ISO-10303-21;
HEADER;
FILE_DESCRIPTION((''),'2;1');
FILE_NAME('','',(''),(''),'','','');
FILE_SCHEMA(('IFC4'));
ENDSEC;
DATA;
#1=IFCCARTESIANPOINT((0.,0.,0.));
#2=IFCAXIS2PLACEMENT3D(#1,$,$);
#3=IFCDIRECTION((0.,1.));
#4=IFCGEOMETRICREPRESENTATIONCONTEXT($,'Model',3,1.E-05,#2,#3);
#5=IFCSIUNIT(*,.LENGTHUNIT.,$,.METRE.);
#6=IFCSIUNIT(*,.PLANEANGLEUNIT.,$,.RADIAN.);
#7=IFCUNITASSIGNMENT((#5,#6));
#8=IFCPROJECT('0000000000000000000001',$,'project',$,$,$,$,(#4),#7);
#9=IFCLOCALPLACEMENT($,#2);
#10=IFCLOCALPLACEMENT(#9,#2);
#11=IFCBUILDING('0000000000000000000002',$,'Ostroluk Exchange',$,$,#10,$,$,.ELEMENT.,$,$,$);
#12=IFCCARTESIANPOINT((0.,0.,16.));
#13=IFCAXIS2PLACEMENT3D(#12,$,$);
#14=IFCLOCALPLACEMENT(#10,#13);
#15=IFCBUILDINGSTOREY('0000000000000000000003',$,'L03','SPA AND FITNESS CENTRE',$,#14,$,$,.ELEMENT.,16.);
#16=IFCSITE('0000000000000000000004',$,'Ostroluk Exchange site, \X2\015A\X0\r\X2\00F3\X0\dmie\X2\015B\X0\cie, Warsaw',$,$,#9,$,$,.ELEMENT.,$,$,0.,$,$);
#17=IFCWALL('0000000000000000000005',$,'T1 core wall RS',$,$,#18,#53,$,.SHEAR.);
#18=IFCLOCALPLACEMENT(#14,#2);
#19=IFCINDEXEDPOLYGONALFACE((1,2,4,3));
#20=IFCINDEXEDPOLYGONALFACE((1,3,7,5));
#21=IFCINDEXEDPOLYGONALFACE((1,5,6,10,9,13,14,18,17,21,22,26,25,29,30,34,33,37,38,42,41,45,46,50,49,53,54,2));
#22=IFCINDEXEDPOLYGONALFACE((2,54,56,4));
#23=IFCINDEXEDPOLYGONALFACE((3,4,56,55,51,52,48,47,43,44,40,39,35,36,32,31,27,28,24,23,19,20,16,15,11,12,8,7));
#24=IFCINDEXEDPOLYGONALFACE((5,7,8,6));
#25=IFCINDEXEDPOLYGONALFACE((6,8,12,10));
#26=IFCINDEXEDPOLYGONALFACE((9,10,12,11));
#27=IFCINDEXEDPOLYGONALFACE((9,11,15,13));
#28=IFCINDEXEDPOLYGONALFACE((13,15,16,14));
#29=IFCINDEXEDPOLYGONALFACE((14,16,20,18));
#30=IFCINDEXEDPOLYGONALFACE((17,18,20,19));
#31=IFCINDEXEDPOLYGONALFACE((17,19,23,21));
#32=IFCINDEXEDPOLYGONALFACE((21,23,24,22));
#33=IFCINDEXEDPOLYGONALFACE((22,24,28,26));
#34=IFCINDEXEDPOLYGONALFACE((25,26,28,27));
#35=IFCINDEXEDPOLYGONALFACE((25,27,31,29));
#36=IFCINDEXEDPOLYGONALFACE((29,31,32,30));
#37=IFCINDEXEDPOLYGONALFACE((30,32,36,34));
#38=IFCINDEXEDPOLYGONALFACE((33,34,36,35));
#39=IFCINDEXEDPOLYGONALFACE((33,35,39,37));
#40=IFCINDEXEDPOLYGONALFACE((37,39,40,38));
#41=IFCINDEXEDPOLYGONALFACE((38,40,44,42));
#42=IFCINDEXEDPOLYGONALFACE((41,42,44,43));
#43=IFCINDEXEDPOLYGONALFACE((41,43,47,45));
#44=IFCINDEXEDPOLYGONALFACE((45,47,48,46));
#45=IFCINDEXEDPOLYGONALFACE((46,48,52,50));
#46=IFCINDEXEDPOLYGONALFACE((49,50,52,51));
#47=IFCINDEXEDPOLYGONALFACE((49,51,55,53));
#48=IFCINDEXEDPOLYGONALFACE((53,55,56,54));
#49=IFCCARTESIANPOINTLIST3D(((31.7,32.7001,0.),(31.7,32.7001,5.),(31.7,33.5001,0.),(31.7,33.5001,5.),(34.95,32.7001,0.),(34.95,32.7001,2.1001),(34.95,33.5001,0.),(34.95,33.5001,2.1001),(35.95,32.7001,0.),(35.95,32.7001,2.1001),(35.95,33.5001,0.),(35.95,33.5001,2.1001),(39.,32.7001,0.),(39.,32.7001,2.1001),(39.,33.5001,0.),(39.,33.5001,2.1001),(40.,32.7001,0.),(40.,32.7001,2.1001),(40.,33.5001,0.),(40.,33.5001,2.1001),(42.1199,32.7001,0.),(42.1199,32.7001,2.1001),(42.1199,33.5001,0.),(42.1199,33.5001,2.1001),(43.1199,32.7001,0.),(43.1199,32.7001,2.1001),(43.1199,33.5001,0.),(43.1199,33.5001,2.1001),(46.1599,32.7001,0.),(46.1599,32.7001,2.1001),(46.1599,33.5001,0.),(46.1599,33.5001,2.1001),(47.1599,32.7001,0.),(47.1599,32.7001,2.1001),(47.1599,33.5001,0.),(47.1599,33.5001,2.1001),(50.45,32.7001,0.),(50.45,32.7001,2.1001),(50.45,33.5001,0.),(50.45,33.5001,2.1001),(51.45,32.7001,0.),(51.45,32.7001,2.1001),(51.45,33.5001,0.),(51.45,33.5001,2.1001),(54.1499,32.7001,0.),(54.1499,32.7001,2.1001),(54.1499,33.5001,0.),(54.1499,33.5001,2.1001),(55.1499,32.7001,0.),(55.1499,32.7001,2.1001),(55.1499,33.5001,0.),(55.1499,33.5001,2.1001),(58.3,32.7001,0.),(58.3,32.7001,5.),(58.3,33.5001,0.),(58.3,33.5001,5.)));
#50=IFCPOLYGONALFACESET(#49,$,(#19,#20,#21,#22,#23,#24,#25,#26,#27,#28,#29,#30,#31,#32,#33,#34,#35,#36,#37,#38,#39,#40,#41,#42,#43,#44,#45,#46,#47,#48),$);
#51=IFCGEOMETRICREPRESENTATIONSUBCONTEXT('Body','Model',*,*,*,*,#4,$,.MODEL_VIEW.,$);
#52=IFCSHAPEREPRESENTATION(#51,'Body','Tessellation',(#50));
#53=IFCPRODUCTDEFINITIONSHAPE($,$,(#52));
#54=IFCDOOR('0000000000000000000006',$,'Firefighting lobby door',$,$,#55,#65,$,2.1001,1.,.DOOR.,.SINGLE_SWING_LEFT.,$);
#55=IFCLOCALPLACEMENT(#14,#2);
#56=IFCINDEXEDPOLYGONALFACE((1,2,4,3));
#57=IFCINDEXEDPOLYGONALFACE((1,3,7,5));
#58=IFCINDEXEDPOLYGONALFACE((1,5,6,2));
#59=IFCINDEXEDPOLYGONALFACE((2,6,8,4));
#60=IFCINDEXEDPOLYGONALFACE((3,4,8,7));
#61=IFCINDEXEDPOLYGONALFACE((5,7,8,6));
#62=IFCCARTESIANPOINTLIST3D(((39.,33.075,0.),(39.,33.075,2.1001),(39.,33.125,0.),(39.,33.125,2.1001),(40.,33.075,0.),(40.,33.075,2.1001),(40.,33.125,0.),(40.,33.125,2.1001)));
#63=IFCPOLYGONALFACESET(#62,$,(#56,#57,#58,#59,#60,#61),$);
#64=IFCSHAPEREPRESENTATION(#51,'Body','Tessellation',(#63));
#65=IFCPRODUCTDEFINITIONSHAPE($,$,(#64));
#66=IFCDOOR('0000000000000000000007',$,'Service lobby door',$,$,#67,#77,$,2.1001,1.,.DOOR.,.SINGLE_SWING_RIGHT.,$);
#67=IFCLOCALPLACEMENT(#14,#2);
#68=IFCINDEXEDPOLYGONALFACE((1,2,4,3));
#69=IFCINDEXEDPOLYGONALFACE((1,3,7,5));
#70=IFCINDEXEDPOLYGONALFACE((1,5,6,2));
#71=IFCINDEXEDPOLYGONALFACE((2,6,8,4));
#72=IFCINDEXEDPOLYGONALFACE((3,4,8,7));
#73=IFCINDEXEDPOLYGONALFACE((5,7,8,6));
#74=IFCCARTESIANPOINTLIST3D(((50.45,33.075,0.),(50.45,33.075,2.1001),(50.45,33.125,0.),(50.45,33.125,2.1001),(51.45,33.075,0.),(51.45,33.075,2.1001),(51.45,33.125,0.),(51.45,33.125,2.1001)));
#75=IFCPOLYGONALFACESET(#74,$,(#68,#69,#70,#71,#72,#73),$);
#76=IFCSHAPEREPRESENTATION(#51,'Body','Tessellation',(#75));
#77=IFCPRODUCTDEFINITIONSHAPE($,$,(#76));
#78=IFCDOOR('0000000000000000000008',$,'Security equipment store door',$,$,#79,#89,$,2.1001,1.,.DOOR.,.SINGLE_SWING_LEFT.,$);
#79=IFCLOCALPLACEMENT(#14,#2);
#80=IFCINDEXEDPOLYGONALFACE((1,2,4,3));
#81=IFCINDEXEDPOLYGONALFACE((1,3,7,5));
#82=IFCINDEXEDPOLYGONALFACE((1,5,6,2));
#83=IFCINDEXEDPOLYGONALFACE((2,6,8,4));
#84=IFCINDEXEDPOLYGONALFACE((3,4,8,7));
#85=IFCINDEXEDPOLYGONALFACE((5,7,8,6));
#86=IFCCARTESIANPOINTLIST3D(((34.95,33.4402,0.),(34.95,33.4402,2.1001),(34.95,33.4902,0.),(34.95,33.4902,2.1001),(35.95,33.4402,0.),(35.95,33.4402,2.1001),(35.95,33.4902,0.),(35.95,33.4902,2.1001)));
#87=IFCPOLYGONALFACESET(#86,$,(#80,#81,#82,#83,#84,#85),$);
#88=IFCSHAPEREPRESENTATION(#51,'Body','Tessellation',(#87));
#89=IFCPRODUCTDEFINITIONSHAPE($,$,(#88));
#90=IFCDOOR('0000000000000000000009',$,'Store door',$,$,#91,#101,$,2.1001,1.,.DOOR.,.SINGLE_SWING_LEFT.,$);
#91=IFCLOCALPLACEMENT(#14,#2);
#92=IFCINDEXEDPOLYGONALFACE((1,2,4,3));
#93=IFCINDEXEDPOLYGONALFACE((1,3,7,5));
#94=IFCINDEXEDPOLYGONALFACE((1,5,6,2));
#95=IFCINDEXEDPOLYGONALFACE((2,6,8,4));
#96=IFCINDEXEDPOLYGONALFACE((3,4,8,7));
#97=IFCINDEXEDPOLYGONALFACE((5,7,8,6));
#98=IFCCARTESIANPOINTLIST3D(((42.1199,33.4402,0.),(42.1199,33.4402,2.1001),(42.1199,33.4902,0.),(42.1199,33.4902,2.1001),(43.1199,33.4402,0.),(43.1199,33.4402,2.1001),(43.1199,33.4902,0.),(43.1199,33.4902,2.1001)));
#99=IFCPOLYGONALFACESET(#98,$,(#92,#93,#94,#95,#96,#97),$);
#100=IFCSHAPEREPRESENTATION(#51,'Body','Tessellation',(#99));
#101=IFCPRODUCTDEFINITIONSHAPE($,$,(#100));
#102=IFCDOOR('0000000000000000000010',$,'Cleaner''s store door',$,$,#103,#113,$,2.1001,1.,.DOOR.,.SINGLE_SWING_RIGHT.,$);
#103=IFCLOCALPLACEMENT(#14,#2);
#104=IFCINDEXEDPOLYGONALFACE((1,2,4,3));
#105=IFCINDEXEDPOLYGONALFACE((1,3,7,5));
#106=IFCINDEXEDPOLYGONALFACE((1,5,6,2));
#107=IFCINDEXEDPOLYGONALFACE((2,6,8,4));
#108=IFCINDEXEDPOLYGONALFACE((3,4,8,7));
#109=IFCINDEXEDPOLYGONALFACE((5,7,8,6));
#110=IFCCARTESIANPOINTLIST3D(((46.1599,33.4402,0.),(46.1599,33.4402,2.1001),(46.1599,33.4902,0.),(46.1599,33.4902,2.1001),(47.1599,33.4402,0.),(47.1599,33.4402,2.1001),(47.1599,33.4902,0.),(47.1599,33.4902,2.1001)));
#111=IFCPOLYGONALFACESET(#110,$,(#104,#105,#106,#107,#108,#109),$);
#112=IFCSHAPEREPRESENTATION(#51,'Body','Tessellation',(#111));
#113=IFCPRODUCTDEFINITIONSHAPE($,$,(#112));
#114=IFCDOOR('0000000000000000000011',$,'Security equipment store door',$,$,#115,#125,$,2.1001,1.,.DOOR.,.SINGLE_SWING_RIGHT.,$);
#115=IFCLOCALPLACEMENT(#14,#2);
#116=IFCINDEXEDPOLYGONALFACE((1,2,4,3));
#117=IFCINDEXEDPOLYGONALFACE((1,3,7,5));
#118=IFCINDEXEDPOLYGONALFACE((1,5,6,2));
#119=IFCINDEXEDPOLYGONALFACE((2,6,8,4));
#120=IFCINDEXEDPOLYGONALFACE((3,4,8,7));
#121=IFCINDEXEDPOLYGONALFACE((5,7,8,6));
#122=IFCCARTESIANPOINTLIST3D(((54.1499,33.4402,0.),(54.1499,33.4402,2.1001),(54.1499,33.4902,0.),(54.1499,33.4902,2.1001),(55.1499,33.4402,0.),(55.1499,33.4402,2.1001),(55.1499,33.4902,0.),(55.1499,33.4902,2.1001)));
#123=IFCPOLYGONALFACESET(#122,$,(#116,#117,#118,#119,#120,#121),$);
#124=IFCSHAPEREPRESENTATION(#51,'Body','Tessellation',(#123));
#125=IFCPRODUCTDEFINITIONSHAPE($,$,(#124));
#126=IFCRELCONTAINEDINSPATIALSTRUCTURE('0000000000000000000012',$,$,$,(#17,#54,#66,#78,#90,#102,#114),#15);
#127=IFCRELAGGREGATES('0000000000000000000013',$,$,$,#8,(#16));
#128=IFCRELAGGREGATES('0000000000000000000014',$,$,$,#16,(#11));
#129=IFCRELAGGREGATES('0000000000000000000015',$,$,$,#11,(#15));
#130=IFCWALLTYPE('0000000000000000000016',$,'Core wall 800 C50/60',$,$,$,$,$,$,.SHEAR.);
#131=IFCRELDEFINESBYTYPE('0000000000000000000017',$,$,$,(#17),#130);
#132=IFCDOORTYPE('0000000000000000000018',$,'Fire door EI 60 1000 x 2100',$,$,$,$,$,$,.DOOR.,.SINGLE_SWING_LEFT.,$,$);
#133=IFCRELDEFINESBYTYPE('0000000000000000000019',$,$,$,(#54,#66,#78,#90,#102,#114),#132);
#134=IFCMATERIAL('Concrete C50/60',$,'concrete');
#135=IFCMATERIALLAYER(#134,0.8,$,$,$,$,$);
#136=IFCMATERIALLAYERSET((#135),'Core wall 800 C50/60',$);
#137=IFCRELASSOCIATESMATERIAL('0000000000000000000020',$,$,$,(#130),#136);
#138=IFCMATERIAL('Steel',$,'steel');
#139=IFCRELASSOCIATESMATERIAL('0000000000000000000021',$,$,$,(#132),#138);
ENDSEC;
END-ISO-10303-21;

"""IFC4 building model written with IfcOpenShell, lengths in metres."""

from ifc_helpers import new_model, si_unit, direction, frame, frame_2d, origin, place, context, subcontext, project, spatial, rectangle, extrude, material, layer, layer_set, type_object, element, fill, save


model = new_model("IFC4")

# Units and contexts
model_context = context("Model", 3, precision=1e-05, world=origin(), true_north=direction((0.0, 1.0)))
body_context = subcontext(model_context, "Body", "Model", "MODEL_VIEW")
ifc_project = project(units=[si_unit("LENGTHUNIT", "METRE"), si_unit("PLANEANGLEUNIT", "RADIAN")], contexts=[model_context])

# Site, building, storey
site_placement = place(None, origin())
site = spatial("IfcSite", under=ifc_project, at=site_placement, Name="Ostroluk Exchange site, Śródmieście, Warsaw", CompositionType="ELEMENT", RefElevation=0.0)
building_placement = place(site_placement, origin())
building = spatial("IfcBuilding", under=site, at=building_placement, Name="Ostroluk Exchange", CompositionType="ELEMENT")
storey_placement = place(building_placement, frame((0.0, 0.0, 16.0)))
storey = spatial("IfcBuildingStorey", under=building, at=storey_placement, Name="L03", Description="SPA AND FITNESS CENTRE", CompositionType="ELEMENT", Elevation=16.0)

# Wall, openings, doors
ifc_material_1 = material(Name="Concrete C50/60", Category="concrete")
ifc_layer_1 = layer(ifc_material_1, 0.8)
ifc_layer_set_1 = layer_set([ifc_layer_1], Name="Core wall 800 C50/60")
wall_type_1 = type_object("IfcWallType", Name="Core wall 800 C50/60", PredefinedType="SHEAR", material=ifc_layer_set_1)
wall_1_placement = place(storey_placement, frame((31.7, 33.1001, 0.0), z_axis=(0.0, 0.0, 1.0), x_axis=(1.0, 0.0, 0.0)))
wall_1 = element("IfcWall", 1, at=wall_1_placement, inside=storey, type_object=wall_type_1, Name="T1 core wall RS", PredefinedType="SHEAR", context=body_context, shape_type="SweptSolid", body=[
    extrude(rectangle(XDim=26.6001, YDim=0.8, at=frame_2d((13.3, 0.0))), origin(), (0.0, 0.0, 1.0), 5.0),
])
opening_1_placement = place(wall_1_placement, frame((7.3, 0.0, 0.0)))
opening_1 = element("IfcOpeningElement", 2, at=opening_1_placement, cuts=wall_1, PredefinedType="OPENING", context=body_context, shape_type="SweptSolid", body=[
    extrude(rectangle(XDim=1.0, YDim=2.1001, at=frame_2d((0.5, 1.05))), frame((0.0, 0.4099, 0.0), z_axis=(0.0, -1.0, 0.0), x_axis=(1.0, 0.0, 0.0)), (0.0, 0.0, 1.0), 0.8201),
])
opening_2_placement = place(wall_1_placement, frame((18.75, 0.0, 0.0)))
opening_2 = element("IfcOpeningElement", 3, at=opening_2_placement, cuts=wall_1, PredefinedType="OPENING", context=body_context, shape_type="SweptSolid", body=[
    extrude(rectangle(XDim=1.0, YDim=2.1001, at=frame_2d((0.5, 1.05))), frame((0.0, 0.4099, 0.0), z_axis=(0.0, -1.0, 0.0), x_axis=(1.0, 0.0, 0.0)), (0.0, 0.0, 1.0), 0.8201),
])
opening_3_placement = place(wall_1_placement, frame((3.25, 0.0, 0.0)))
opening_3 = element("IfcOpeningElement", 4, at=opening_3_placement, cuts=wall_1, PredefinedType="OPENING", context=body_context, shape_type="SweptSolid", body=[
    extrude(rectangle(XDim=1.0, YDim=2.1001, at=frame_2d((0.5, 1.05))), frame((0.0, 0.4099, 0.0), z_axis=(0.0, -1.0, 0.0), x_axis=(1.0, 0.0, 0.0)), (0.0, 0.0, 1.0), 0.8201),
])
opening_4_placement = place(wall_1_placement, frame((10.4199, 0.0, 0.0)))
opening_4 = element("IfcOpeningElement", 5, at=opening_4_placement, cuts=wall_1, PredefinedType="OPENING", context=body_context, shape_type="SweptSolid", body=[
    extrude(rectangle(XDim=1.0, YDim=2.1001, at=frame_2d((0.5, 1.05))), frame((0.0, 0.4099, 0.0), z_axis=(0.0, -1.0, 0.0), x_axis=(1.0, 0.0, 0.0)), (0.0, 0.0, 1.0), 0.8201),
])
opening_5_placement = place(wall_1_placement, frame((14.46, 0.0, 0.0)))
opening_5 = element("IfcOpeningElement", 6, at=opening_5_placement, cuts=wall_1, PredefinedType="OPENING", context=body_context, shape_type="SweptSolid", body=[
    extrude(rectangle(XDim=1.0, YDim=2.1001, at=frame_2d((0.5, 1.05))), frame((0.0, 0.4099, 0.0), z_axis=(0.0, -1.0, 0.0), x_axis=(1.0, 0.0, 0.0)), (0.0, 0.0, 1.0), 0.8201),
])
opening_6_placement = place(wall_1_placement, frame((22.45, 0.0, 0.0)))
opening_6 = element("IfcOpeningElement", 7, at=opening_6_placement, cuts=wall_1, PredefinedType="OPENING", context=body_context, shape_type="SweptSolid", body=[
    extrude(rectangle(XDim=1.0, YDim=2.1001, at=frame_2d((0.5, 1.05))), frame((0.0, 0.4099, 0.0), z_axis=(0.0, -1.0, 0.0), x_axis=(1.0, 0.0, 0.0)), (0.0, 0.0, 1.0), 0.8201),
])
ifc_material_2 = material(Name="Steel", Category="steel")
door_type_1 = type_object("IfcDoorType", Name="Fire door EI 60 1000 x 2100", OperationType="SINGLE_SWING_LEFT", PredefinedType="DOOR", material=ifc_material_2)
door_1_placement = place(opening_1_placement, origin())
door_1 = element("IfcDoor", 8, at=door_1_placement, inside=storey, type_object=door_type_1, Name="Firefighting lobby door", OperationType="SINGLE_SWING_LEFT", OverallHeight=2.1001, OverallWidth=1.0, PredefinedType="DOOR", context=body_context, shape_type="SweptSolid", body=[
    extrude(rectangle(XDim=1.0, YDim=2.1001, at=frame_2d((0.5, 1.05))), frame((0.0, 0.0249, 0.0), z_axis=(0.0, -1.0, 0.0), x_axis=(1.0, 0.0, 0.0)), (0.0, 0.0, 1.0), 0.05),
])
fill(opening_1, door_1)
door_2_placement = place(opening_2_placement, origin())
door_2 = element("IfcDoor", 9, at=door_2_placement, inside=storey, type_object=door_type_1, Name="Service lobby door", OperationType="SINGLE_SWING_RIGHT", OverallHeight=2.1001, OverallWidth=1.0, PredefinedType="DOOR", context=body_context, shape_type="SweptSolid", body=[
    extrude(rectangle(XDim=1.0, YDim=2.1001, at=frame_2d((0.5, 1.05))), frame((0.0, 0.0249, 0.0), z_axis=(0.0, -1.0, 0.0), x_axis=(1.0, 0.0, 0.0)), (0.0, 0.0, 1.0), 0.05),
])
fill(opening_2, door_2)
door_3_placement = place(opening_3_placement, origin())
door_3 = element("IfcDoor", 10, at=door_3_placement, inside=storey, type_object=door_type_1, Name="Security equipment store door", OperationType="SINGLE_SWING_LEFT", OverallHeight=2.1001, OverallWidth=1.0, PredefinedType="DOOR", context=body_context, shape_type="SweptSolid", body=[
    extrude(rectangle(XDim=1.0, YDim=2.1001, at=frame_2d((0.5, 1.05))), frame((0.0, 0.3901, 0.0), z_axis=(0.0, -1.0, 0.0), x_axis=(1.0, 0.0, 0.0)), (0.0, 0.0, 1.0), 0.05),
])
fill(opening_3, door_3)
door_4_placement = place(opening_4_placement, origin())
door_4 = element("IfcDoor", 11, at=door_4_placement, inside=storey, type_object=door_type_1, Name="Store door", OperationType="SINGLE_SWING_LEFT", OverallHeight=2.1001, OverallWidth=1.0, PredefinedType="DOOR", context=body_context, shape_type="SweptSolid", body=[
    extrude(rectangle(XDim=1.0, YDim=2.1001, at=frame_2d((0.5, 1.05))), frame((0.0, 0.3901, 0.0), z_axis=(0.0, -1.0, 0.0), x_axis=(1.0, 0.0, 0.0)), (0.0, 0.0, 1.0), 0.05),
])
fill(opening_4, door_4)
door_5_placement = place(opening_5_placement, origin())
door_5 = element("IfcDoor", 12, at=door_5_placement, inside=storey, type_object=door_type_1, Name="Cleaner's store door", OperationType="SINGLE_SWING_RIGHT", OverallHeight=2.1001, OverallWidth=1.0, PredefinedType="DOOR", context=body_context, shape_type="SweptSolid", body=[
    extrude(rectangle(XDim=1.0, YDim=2.1001, at=frame_2d((0.5, 1.05))), frame((0.0, 0.3901, 0.0), z_axis=(0.0, -1.0, 0.0), x_axis=(1.0, 0.0, 0.0)), (0.0, 0.0, 1.0), 0.05),
])
fill(opening_5, door_5)
door_6_placement = place(opening_6_placement, origin())
door_6 = element("IfcDoor", 13, at=door_6_placement, inside=storey, type_object=door_type_1, Name="Security equipment store door", OperationType="SINGLE_SWING_RIGHT", OverallHeight=2.1001, OverallWidth=1.0, PredefinedType="DOOR", context=body_context, shape_type="SweptSolid", body=[
    extrude(rectangle(XDim=1.0, YDim=2.1001, at=frame_2d((0.5, 1.05))), frame((0.0, 0.3901, 0.0), z_axis=(0.0, -1.0, 0.0), x_axis=(1.0, 0.0, 0.0)), (0.0, 0.0, 1.0), 0.05),
])
fill(opening_6, door_6)

save(model, "model.ifc")
